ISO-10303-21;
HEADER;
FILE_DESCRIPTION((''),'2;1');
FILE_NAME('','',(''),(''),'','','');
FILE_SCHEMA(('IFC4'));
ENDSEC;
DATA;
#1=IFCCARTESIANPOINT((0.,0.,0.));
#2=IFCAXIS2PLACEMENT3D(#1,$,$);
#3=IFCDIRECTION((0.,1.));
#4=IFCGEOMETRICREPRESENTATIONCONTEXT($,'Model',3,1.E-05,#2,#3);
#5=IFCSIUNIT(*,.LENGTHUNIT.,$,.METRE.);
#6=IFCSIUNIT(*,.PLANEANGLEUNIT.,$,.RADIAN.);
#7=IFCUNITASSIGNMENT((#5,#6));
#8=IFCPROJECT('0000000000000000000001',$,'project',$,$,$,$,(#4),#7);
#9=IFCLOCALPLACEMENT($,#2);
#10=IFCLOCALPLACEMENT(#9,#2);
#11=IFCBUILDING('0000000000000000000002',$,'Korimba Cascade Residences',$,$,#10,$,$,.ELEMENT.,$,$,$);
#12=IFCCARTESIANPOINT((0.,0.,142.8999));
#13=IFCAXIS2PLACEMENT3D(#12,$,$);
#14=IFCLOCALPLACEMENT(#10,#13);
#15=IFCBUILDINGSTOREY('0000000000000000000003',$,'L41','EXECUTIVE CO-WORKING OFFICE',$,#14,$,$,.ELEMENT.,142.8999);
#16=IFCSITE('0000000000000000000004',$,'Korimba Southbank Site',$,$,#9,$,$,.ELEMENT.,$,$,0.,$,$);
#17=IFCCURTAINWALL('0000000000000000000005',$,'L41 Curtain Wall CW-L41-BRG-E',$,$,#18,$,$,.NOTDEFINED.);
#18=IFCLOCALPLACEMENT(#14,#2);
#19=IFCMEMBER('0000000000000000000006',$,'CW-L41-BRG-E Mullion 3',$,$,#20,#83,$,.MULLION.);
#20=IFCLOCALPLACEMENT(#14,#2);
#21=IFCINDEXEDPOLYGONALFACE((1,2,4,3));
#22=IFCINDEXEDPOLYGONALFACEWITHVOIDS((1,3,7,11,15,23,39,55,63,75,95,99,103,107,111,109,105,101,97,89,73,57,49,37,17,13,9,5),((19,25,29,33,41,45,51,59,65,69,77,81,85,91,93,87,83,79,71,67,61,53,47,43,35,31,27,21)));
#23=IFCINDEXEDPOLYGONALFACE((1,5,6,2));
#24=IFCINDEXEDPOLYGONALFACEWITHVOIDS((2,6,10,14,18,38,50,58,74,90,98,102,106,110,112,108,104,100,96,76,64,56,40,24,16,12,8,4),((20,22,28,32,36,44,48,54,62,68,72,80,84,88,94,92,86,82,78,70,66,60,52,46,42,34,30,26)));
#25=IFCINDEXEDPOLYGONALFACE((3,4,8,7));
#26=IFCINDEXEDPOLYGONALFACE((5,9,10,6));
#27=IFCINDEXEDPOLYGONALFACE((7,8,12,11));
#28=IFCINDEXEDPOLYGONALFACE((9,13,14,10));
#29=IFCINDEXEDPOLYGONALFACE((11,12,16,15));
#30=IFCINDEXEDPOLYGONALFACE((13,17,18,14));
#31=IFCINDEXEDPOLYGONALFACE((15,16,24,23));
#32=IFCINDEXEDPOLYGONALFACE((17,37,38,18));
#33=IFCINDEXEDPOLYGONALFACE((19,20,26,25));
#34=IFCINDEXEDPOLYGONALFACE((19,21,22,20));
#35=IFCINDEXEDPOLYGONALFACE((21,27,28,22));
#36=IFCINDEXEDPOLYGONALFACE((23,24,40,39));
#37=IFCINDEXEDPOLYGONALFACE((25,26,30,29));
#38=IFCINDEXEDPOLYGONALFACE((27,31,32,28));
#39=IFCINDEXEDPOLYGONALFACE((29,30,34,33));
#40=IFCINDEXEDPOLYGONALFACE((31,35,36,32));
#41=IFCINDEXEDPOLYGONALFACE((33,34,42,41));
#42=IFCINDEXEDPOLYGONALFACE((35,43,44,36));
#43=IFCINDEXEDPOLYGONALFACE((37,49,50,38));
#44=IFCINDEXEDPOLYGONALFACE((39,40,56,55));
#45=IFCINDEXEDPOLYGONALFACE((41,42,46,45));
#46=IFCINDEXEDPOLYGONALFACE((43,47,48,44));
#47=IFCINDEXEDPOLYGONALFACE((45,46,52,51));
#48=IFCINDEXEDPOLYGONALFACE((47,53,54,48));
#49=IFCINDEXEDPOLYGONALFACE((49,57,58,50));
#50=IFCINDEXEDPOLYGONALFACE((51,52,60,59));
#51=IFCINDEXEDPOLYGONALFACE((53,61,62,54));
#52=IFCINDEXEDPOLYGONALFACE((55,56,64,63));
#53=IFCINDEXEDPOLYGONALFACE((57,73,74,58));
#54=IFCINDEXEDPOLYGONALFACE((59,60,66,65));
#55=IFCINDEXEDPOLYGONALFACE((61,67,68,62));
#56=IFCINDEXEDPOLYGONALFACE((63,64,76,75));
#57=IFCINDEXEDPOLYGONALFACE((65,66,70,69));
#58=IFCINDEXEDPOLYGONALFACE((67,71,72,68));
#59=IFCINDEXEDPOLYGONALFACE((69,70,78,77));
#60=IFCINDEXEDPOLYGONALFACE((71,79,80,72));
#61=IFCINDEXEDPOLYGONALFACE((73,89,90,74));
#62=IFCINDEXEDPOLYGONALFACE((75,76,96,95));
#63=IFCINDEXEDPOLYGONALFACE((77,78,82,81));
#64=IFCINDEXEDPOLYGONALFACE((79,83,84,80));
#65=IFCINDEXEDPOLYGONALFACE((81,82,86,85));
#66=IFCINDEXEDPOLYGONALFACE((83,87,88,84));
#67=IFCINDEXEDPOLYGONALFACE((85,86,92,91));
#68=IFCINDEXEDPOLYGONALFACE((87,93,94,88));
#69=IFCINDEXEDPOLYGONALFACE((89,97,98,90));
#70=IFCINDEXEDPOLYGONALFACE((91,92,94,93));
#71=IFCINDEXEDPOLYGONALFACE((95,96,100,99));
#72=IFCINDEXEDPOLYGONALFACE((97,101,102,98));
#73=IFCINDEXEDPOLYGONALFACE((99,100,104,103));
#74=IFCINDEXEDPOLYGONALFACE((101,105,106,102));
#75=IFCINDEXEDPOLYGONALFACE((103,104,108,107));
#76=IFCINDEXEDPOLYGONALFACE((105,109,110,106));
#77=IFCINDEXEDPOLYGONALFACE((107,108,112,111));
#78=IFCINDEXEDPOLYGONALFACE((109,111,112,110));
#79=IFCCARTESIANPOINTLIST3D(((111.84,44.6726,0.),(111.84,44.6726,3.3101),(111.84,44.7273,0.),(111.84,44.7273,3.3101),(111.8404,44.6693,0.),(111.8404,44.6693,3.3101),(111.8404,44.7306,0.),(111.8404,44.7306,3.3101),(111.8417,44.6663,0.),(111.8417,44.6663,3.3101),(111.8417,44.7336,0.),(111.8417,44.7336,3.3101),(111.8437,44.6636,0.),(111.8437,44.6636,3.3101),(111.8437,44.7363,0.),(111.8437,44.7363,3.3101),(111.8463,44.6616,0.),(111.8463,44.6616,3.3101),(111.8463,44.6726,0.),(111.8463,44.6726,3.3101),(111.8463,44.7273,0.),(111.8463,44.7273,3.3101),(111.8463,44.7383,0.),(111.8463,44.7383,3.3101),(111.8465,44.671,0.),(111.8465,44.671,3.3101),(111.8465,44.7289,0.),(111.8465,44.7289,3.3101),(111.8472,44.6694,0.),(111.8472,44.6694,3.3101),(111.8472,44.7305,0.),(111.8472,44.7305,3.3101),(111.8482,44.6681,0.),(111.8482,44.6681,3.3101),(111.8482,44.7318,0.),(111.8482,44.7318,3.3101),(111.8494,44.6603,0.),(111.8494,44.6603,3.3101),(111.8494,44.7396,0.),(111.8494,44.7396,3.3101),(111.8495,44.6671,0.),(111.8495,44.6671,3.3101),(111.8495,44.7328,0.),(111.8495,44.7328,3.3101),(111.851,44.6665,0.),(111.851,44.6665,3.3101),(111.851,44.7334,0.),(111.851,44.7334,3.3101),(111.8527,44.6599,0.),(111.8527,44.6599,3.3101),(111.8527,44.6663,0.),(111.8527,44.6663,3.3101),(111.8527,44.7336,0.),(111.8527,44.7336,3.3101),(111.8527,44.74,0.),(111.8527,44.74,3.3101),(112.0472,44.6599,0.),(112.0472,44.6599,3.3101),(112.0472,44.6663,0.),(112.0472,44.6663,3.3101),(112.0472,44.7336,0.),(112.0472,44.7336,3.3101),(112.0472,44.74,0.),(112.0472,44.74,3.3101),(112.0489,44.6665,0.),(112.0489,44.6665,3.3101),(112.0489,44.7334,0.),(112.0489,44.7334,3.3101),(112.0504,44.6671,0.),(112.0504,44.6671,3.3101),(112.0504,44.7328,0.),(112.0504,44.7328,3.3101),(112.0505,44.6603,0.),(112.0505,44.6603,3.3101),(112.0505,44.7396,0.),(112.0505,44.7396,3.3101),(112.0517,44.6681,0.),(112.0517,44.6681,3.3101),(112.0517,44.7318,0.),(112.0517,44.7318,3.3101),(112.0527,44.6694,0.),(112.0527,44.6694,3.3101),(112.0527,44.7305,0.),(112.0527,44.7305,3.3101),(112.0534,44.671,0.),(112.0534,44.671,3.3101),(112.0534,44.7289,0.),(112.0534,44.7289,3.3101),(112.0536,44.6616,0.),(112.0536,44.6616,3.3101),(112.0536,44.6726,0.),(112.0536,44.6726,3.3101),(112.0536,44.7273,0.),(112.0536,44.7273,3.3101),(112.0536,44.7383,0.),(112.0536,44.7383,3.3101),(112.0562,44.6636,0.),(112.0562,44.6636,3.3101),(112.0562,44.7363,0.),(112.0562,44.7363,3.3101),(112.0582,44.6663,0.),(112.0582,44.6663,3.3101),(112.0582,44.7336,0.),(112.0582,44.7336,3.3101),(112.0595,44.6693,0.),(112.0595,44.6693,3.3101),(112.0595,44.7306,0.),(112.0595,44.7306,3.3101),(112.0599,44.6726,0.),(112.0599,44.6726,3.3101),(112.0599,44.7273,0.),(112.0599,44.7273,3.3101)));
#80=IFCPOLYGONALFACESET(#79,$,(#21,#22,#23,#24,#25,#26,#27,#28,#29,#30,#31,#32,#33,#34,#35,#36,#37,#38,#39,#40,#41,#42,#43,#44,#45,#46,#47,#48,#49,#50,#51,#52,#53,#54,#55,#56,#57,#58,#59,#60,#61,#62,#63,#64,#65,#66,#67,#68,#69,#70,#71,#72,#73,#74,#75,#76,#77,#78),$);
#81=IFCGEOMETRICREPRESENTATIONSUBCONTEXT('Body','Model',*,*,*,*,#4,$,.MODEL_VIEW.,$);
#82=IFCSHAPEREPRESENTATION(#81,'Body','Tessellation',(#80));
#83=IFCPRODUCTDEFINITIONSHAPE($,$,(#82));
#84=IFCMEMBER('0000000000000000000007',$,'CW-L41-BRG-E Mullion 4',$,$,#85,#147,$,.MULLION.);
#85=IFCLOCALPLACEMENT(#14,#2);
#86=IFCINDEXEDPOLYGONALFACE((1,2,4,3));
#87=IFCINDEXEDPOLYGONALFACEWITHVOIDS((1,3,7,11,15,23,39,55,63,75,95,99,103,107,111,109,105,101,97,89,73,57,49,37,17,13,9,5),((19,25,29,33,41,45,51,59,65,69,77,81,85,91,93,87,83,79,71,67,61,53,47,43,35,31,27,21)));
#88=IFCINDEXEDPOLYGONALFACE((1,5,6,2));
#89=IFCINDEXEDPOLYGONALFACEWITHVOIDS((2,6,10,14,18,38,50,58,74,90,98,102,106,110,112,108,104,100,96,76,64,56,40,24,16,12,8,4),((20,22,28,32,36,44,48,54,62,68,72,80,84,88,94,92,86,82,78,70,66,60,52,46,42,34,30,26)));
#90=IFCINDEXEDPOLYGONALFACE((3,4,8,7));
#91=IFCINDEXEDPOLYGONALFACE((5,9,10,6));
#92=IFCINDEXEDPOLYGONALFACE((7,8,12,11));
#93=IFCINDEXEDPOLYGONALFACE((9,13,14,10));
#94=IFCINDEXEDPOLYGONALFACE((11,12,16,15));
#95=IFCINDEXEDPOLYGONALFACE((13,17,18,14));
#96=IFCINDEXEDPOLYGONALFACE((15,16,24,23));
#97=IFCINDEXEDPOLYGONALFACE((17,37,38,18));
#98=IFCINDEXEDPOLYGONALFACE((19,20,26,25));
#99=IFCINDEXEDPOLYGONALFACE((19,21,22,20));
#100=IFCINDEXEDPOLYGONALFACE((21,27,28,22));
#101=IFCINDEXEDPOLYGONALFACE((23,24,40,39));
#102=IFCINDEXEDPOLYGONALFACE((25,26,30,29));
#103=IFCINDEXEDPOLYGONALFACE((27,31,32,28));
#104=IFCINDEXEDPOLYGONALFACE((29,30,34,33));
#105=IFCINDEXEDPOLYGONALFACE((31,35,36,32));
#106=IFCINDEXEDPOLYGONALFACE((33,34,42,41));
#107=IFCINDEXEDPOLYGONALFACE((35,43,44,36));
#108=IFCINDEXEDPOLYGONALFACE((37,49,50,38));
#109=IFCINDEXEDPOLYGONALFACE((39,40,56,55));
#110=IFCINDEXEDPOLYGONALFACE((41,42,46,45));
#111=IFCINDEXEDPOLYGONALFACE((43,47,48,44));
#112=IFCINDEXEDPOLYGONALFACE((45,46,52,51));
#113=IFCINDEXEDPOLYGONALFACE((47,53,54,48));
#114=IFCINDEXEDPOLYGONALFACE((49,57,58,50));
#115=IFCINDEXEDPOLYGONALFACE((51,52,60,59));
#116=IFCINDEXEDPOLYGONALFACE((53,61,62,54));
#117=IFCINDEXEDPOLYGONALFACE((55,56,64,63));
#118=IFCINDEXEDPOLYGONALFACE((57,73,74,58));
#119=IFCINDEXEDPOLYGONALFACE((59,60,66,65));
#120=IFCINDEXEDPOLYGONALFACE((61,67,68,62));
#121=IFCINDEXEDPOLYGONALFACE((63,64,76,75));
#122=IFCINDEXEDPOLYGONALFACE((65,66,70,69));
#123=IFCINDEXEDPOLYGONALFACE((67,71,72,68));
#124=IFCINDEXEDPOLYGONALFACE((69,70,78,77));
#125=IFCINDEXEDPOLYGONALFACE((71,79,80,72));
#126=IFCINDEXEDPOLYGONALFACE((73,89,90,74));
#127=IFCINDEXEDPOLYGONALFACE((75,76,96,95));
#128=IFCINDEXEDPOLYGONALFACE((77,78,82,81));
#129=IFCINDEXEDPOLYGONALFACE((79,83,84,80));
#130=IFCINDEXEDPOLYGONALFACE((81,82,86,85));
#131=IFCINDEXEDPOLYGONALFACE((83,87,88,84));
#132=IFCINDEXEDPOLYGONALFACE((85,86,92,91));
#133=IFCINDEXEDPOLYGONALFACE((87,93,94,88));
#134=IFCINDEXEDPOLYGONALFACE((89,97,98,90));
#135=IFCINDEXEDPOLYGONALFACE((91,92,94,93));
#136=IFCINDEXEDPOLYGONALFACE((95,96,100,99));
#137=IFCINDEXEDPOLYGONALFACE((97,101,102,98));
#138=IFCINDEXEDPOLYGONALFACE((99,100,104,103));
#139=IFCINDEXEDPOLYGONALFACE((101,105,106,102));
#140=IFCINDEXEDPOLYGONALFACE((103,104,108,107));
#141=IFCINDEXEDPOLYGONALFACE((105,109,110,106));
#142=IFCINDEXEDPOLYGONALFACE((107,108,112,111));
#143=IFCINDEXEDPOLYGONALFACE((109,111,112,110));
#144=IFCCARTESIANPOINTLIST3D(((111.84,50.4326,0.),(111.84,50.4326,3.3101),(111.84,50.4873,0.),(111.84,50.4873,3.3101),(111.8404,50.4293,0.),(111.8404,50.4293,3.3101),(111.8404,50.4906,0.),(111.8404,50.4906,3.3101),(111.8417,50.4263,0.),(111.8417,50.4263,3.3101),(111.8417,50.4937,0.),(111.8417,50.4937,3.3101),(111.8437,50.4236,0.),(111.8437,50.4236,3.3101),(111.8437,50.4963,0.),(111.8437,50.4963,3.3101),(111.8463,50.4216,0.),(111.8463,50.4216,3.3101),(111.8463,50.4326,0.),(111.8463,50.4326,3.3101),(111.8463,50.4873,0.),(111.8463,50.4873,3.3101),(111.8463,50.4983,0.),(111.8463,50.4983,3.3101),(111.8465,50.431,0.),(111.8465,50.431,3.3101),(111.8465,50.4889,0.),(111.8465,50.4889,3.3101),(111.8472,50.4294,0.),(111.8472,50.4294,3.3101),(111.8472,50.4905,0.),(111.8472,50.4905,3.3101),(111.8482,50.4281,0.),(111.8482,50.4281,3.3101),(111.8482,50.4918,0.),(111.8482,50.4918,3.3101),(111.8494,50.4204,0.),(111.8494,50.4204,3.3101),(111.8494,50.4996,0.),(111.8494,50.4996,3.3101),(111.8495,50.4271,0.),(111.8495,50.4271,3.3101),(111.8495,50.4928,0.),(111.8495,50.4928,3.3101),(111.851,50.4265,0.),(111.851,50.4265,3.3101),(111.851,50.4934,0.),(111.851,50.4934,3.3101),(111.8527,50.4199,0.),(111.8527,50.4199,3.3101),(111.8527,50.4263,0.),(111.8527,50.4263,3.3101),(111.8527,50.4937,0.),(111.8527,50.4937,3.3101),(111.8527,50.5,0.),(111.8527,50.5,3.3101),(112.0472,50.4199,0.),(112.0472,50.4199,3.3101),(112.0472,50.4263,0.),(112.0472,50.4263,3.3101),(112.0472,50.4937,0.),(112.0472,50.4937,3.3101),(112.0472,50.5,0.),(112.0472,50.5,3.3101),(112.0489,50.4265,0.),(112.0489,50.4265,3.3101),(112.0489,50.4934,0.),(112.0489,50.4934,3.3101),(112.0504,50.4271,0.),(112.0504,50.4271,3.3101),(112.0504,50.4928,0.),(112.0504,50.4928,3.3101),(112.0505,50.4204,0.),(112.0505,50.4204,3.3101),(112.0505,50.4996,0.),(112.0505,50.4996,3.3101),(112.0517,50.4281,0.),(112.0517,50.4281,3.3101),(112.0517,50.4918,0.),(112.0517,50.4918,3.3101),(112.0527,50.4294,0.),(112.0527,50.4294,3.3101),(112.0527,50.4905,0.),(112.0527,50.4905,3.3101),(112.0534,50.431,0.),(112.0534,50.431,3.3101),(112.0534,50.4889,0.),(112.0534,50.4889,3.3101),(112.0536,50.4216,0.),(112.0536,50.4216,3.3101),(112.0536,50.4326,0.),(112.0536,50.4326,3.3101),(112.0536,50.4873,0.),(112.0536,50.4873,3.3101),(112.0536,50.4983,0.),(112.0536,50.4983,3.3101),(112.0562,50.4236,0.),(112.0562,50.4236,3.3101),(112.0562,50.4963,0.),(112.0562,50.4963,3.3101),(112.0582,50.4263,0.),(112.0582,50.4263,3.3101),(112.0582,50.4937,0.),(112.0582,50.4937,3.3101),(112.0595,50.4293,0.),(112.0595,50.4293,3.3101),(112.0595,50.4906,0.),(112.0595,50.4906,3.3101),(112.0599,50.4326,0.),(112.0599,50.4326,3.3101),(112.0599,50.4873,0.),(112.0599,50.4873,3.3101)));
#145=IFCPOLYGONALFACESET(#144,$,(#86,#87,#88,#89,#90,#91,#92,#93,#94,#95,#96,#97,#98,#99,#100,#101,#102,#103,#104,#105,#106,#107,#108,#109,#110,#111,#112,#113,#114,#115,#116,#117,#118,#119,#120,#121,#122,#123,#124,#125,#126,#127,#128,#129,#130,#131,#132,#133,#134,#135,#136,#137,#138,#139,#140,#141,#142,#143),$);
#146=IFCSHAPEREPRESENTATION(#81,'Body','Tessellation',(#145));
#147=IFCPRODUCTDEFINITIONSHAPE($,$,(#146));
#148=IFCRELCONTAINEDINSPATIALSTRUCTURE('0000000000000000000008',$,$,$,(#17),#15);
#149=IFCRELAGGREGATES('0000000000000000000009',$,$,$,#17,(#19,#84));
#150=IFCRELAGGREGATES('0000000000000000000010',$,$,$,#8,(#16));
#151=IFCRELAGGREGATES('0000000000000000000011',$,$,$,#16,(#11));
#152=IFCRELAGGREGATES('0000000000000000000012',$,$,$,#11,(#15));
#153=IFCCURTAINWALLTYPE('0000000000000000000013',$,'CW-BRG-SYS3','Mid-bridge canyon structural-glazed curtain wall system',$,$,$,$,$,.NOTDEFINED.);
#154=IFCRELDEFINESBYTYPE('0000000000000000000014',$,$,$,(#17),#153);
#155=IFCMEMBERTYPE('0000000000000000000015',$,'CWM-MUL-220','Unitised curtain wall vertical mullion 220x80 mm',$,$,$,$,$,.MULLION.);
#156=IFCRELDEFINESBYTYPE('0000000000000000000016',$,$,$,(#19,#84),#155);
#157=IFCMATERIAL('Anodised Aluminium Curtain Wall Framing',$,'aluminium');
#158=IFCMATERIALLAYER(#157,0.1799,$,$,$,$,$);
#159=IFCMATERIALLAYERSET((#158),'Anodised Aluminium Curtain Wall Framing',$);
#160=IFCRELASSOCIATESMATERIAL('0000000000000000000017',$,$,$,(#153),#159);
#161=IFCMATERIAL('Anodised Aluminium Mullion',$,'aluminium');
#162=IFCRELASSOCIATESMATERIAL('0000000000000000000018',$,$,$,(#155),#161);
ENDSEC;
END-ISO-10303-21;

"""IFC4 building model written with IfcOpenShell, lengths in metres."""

from ifc_helpers import new_model, si_unit, direction, frame, origin, origin_2d, place, context, subcontext, project, spatial, hollow_rectangle, extrude, material, layer, layer_set, material_profile, profile_set, type_object, element, aggregate, save


model = new_model("IFC4")

# Units and contexts
model_context = context("Model", 3, precision=1e-05, world=origin(), true_north=direction((0.0, 1.0)))
body_context = subcontext(model_context, "Body", "Model", "MODEL_VIEW")
ifc_project = project(units=[si_unit("LENGTHUNIT", "METRE"), si_unit("PLANEANGLEUNIT", "RADIAN")], contexts=[model_context])

# Site, building, storey
site_placement = place(None, origin())
site = spatial("IfcSite", under=ifc_project, at=site_placement, Name="Korimba Southbank Site", CompositionType="ELEMENT", RefElevation=0.0)
building_placement = place(site_placement, origin())
building = spatial("IfcBuilding", under=site, at=building_placement, Name="Korimba Cascade Residences", CompositionType="ELEMENT")
storey_placement = place(building_placement, frame((0.0, 0.0, 142.8999)))
storey = spatial("IfcBuildingStorey", under=building, at=storey_placement, Name="L41", Description="EXECUTIVE CO-WORKING OFFICE", CompositionType="ELEMENT", Elevation=142.8999)

# Curtain wall, members
ifc_material_1 = material(Name="Anodised Aluminium Curtain Wall Framing", Category="aluminium")
ifc_layer_1 = layer(ifc_material_1, 0.1799)
ifc_layer_set_1 = layer_set([ifc_layer_1], Name="Anodised Aluminium Curtain Wall Framing")
curtain_wall_type = type_object("IfcCurtainWallType", Name="CW-BRG-SYS3", Description="Mid-bridge canyon structural-glazed curtain wall system", PredefinedType="NOTDEFINED", material=ifc_layer_set_1)
curtain_wall_placement = place(storey_placement, origin())
curtain_wall = element("IfcCurtainWall", 1, at=curtain_wall_placement, inside=storey, type_object=curtain_wall_type, Name="L41 Curtain Wall CW-L41-BRG-E", PredefinedType="NOTDEFINED")
ifc_material_2 = material(Name="Anodised Aluminium Mullion", Category="aluminium")
ifc_material_profile_1 = material_profile(ifc_material_2, hollow_rectangle(XDim=0.0801, YDim=0.22, WallThickness=0.0063, InnerFilletRadius=0.0063, OuterFilletRadius=0.0127, at=origin_2d()), Name="Anodised Aluminium Mullion")
ifc_profile_set_1 = profile_set([ifc_material_profile_1], Name="Anodised Aluminium Mullion")
member_type_1 = type_object("IfcMemberType", Name="CWM-MUL-220", Description="Unitised curtain wall vertical mullion 220x80 mm", PredefinedType="MULLION", material=ifc_profile_set_1)
member_1_placement = place(storey_placement, frame((111.95, 44.7, 0.0), z_axis=(0.0, 0.0, 1.0), x_axis=(0.0, 1.0, 0.0)))
member_1 = element("IfcMember", 2, at=member_1_placement, type_object=member_type_1, Name="CW-L41-BRG-E Mullion 3", PredefinedType="MULLION", context=body_context, shape_type="SweptSolid", body=[
    extrude(hollow_rectangle(XDim=0.0801, YDim=0.22, WallThickness=0.0063, InnerFilletRadius=0.0063, OuterFilletRadius=0.0127, at=origin_2d()), origin(), (0.0, 0.0, 1.0), 3.3101),
])
member_2_placement = place(storey_placement, frame((111.95, 50.46, 0.0), z_axis=(0.0, 0.0, 1.0), x_axis=(0.0, 1.0, 0.0)))
member_2 = element("IfcMember", 3, at=member_2_placement, type_object=member_type_1, Name="CW-L41-BRG-E Mullion 4", PredefinedType="MULLION", context=body_context, shape_type="SweptSolid", body=[
    extrude(hollow_rectangle(XDim=0.0801, YDim=0.22, WallThickness=0.0063, InnerFilletRadius=0.0063, OuterFilletRadius=0.0127, at=origin_2d()), origin(), (0.0, 0.0, 1.0), 3.3101),
])

aggregate(curtain_wall, [member_1, member_2])

save(model, "model.ifc")
